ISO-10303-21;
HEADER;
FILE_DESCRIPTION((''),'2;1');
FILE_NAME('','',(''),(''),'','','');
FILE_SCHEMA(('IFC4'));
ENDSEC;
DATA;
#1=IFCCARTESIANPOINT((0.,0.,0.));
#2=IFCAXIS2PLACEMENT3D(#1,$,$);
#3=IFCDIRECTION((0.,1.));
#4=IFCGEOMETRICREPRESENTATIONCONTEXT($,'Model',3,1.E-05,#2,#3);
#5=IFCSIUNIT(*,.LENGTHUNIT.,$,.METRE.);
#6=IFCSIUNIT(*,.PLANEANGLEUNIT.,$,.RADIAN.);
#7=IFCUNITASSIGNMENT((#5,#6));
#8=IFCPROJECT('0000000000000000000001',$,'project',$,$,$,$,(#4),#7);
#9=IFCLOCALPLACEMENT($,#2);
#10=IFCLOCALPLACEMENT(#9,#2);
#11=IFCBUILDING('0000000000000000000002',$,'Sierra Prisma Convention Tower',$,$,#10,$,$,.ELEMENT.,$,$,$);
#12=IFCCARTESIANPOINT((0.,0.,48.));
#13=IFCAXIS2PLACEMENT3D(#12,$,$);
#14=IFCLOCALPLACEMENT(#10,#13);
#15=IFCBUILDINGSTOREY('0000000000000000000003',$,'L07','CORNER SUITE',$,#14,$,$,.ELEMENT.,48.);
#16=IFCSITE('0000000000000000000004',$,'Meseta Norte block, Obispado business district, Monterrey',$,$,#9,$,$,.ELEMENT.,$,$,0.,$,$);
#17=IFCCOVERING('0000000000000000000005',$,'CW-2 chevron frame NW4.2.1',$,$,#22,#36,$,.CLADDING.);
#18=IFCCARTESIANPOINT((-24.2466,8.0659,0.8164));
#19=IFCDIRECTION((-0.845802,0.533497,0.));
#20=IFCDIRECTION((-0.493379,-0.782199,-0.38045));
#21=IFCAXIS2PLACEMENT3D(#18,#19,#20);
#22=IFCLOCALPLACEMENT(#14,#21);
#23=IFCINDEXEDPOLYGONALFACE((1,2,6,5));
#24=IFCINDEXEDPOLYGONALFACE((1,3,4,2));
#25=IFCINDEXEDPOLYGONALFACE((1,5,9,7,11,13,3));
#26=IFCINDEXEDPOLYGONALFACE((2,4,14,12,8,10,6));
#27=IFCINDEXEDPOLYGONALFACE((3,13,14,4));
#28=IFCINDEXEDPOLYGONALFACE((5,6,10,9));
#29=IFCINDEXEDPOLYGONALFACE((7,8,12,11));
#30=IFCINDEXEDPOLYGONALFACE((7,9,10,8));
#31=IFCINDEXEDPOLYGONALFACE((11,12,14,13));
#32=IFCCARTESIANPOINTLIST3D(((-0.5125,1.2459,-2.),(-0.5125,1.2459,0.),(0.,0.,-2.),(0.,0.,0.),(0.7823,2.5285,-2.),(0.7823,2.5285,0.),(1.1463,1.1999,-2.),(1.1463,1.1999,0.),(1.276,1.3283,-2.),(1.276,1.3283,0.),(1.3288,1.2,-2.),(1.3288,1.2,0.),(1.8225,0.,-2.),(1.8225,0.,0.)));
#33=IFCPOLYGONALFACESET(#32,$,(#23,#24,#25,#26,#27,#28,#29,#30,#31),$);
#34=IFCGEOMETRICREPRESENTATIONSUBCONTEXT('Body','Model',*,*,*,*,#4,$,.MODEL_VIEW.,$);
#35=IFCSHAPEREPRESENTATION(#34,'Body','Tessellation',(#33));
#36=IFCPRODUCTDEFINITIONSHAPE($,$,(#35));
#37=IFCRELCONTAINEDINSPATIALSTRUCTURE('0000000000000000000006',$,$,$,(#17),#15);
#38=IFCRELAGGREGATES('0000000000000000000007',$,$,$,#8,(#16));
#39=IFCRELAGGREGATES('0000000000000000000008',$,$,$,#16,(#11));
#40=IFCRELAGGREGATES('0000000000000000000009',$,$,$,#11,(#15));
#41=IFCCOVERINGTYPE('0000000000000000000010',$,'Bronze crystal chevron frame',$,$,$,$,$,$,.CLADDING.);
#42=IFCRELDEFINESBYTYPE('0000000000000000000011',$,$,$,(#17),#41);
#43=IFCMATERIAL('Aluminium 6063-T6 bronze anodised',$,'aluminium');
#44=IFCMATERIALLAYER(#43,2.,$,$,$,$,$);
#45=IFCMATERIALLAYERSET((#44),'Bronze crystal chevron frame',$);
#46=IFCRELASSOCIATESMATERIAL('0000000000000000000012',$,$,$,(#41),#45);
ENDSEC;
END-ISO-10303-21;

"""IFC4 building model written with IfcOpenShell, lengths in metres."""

from ifc_helpers import new_model, si_unit, direction, frame, origin, place, context, subcontext, project, spatial, polyline, outline, extrude, material, layer, layer_set, type_object, element, save


model = new_model("IFC4")

# Units and contexts
model_context = context("Model", 3, precision=1e-05, world=origin(), true_north=direction((0.0, 1.0)))
body_context = subcontext(model_context, "Body", "Model", "MODEL_VIEW")
ifc_project = project(units=[si_unit("LENGTHUNIT", "METRE"), si_unit("PLANEANGLEUNIT", "RADIAN")], contexts=[model_context])

# Site, building, storey
site_placement = place(None, origin())
site = spatial("IfcSite", under=ifc_project, at=site_placement, Name="Meseta Norte block, Obispado business district, Monterrey", CompositionType="ELEMENT", RefElevation=0.0)
building_placement = place(site_placement, origin())
building = spatial("IfcBuilding", under=site, at=building_placement, Name="Sierra Prisma Convention Tower", CompositionType="ELEMENT")
storey_placement = place(building_placement, frame((0.0, 0.0, 48.0)))
storey = spatial("IfcBuildingStorey", under=building, at=storey_placement, Name="L07", Description="CORNER SUITE", CompositionType="ELEMENT", Elevation=48.0)

# Covering
ifc_material_1 = material(Name="Aluminium 6063-T6 bronze anodised", Category="aluminium")
ifc_layer_1 = layer(ifc_material_1, 2.0)
ifc_layer_set_1 = layer_set([ifc_layer_1], Name="Bronze crystal chevron frame")
covering_type = type_object("IfcCoveringType", Name="Bronze crystal chevron frame", PredefinedType="CLADDING", material=ifc_layer_set_1)
covering_1_placement = place(storey_placement, frame((-24.2466, 8.0659, 0.8164), z_axis=(-0.845802, 0.533497, 0.0), x_axis=(-0.493379, -0.782199, -0.38045)))
element("IfcCovering", 1, at=covering_1_placement, inside=storey, type_object=covering_type, Name="CW-2 chevron frame NW4.2.1", PredefinedType="CLADDING", context=body_context, shape_type="SweptSolid", body=[
    extrude(outline(polyline([(0.0, 0.0), (1.8225, 0.0), (1.3288, 1.2), (1.1463, 1.1999), (1.276, 1.3283), (0.7823, 2.5285), (-0.5125, 1.2459), (0.0, 0.0)])), origin(), (0.0, 0.0, -1.0), 2.0),
])

save(model, "model.ifc")
